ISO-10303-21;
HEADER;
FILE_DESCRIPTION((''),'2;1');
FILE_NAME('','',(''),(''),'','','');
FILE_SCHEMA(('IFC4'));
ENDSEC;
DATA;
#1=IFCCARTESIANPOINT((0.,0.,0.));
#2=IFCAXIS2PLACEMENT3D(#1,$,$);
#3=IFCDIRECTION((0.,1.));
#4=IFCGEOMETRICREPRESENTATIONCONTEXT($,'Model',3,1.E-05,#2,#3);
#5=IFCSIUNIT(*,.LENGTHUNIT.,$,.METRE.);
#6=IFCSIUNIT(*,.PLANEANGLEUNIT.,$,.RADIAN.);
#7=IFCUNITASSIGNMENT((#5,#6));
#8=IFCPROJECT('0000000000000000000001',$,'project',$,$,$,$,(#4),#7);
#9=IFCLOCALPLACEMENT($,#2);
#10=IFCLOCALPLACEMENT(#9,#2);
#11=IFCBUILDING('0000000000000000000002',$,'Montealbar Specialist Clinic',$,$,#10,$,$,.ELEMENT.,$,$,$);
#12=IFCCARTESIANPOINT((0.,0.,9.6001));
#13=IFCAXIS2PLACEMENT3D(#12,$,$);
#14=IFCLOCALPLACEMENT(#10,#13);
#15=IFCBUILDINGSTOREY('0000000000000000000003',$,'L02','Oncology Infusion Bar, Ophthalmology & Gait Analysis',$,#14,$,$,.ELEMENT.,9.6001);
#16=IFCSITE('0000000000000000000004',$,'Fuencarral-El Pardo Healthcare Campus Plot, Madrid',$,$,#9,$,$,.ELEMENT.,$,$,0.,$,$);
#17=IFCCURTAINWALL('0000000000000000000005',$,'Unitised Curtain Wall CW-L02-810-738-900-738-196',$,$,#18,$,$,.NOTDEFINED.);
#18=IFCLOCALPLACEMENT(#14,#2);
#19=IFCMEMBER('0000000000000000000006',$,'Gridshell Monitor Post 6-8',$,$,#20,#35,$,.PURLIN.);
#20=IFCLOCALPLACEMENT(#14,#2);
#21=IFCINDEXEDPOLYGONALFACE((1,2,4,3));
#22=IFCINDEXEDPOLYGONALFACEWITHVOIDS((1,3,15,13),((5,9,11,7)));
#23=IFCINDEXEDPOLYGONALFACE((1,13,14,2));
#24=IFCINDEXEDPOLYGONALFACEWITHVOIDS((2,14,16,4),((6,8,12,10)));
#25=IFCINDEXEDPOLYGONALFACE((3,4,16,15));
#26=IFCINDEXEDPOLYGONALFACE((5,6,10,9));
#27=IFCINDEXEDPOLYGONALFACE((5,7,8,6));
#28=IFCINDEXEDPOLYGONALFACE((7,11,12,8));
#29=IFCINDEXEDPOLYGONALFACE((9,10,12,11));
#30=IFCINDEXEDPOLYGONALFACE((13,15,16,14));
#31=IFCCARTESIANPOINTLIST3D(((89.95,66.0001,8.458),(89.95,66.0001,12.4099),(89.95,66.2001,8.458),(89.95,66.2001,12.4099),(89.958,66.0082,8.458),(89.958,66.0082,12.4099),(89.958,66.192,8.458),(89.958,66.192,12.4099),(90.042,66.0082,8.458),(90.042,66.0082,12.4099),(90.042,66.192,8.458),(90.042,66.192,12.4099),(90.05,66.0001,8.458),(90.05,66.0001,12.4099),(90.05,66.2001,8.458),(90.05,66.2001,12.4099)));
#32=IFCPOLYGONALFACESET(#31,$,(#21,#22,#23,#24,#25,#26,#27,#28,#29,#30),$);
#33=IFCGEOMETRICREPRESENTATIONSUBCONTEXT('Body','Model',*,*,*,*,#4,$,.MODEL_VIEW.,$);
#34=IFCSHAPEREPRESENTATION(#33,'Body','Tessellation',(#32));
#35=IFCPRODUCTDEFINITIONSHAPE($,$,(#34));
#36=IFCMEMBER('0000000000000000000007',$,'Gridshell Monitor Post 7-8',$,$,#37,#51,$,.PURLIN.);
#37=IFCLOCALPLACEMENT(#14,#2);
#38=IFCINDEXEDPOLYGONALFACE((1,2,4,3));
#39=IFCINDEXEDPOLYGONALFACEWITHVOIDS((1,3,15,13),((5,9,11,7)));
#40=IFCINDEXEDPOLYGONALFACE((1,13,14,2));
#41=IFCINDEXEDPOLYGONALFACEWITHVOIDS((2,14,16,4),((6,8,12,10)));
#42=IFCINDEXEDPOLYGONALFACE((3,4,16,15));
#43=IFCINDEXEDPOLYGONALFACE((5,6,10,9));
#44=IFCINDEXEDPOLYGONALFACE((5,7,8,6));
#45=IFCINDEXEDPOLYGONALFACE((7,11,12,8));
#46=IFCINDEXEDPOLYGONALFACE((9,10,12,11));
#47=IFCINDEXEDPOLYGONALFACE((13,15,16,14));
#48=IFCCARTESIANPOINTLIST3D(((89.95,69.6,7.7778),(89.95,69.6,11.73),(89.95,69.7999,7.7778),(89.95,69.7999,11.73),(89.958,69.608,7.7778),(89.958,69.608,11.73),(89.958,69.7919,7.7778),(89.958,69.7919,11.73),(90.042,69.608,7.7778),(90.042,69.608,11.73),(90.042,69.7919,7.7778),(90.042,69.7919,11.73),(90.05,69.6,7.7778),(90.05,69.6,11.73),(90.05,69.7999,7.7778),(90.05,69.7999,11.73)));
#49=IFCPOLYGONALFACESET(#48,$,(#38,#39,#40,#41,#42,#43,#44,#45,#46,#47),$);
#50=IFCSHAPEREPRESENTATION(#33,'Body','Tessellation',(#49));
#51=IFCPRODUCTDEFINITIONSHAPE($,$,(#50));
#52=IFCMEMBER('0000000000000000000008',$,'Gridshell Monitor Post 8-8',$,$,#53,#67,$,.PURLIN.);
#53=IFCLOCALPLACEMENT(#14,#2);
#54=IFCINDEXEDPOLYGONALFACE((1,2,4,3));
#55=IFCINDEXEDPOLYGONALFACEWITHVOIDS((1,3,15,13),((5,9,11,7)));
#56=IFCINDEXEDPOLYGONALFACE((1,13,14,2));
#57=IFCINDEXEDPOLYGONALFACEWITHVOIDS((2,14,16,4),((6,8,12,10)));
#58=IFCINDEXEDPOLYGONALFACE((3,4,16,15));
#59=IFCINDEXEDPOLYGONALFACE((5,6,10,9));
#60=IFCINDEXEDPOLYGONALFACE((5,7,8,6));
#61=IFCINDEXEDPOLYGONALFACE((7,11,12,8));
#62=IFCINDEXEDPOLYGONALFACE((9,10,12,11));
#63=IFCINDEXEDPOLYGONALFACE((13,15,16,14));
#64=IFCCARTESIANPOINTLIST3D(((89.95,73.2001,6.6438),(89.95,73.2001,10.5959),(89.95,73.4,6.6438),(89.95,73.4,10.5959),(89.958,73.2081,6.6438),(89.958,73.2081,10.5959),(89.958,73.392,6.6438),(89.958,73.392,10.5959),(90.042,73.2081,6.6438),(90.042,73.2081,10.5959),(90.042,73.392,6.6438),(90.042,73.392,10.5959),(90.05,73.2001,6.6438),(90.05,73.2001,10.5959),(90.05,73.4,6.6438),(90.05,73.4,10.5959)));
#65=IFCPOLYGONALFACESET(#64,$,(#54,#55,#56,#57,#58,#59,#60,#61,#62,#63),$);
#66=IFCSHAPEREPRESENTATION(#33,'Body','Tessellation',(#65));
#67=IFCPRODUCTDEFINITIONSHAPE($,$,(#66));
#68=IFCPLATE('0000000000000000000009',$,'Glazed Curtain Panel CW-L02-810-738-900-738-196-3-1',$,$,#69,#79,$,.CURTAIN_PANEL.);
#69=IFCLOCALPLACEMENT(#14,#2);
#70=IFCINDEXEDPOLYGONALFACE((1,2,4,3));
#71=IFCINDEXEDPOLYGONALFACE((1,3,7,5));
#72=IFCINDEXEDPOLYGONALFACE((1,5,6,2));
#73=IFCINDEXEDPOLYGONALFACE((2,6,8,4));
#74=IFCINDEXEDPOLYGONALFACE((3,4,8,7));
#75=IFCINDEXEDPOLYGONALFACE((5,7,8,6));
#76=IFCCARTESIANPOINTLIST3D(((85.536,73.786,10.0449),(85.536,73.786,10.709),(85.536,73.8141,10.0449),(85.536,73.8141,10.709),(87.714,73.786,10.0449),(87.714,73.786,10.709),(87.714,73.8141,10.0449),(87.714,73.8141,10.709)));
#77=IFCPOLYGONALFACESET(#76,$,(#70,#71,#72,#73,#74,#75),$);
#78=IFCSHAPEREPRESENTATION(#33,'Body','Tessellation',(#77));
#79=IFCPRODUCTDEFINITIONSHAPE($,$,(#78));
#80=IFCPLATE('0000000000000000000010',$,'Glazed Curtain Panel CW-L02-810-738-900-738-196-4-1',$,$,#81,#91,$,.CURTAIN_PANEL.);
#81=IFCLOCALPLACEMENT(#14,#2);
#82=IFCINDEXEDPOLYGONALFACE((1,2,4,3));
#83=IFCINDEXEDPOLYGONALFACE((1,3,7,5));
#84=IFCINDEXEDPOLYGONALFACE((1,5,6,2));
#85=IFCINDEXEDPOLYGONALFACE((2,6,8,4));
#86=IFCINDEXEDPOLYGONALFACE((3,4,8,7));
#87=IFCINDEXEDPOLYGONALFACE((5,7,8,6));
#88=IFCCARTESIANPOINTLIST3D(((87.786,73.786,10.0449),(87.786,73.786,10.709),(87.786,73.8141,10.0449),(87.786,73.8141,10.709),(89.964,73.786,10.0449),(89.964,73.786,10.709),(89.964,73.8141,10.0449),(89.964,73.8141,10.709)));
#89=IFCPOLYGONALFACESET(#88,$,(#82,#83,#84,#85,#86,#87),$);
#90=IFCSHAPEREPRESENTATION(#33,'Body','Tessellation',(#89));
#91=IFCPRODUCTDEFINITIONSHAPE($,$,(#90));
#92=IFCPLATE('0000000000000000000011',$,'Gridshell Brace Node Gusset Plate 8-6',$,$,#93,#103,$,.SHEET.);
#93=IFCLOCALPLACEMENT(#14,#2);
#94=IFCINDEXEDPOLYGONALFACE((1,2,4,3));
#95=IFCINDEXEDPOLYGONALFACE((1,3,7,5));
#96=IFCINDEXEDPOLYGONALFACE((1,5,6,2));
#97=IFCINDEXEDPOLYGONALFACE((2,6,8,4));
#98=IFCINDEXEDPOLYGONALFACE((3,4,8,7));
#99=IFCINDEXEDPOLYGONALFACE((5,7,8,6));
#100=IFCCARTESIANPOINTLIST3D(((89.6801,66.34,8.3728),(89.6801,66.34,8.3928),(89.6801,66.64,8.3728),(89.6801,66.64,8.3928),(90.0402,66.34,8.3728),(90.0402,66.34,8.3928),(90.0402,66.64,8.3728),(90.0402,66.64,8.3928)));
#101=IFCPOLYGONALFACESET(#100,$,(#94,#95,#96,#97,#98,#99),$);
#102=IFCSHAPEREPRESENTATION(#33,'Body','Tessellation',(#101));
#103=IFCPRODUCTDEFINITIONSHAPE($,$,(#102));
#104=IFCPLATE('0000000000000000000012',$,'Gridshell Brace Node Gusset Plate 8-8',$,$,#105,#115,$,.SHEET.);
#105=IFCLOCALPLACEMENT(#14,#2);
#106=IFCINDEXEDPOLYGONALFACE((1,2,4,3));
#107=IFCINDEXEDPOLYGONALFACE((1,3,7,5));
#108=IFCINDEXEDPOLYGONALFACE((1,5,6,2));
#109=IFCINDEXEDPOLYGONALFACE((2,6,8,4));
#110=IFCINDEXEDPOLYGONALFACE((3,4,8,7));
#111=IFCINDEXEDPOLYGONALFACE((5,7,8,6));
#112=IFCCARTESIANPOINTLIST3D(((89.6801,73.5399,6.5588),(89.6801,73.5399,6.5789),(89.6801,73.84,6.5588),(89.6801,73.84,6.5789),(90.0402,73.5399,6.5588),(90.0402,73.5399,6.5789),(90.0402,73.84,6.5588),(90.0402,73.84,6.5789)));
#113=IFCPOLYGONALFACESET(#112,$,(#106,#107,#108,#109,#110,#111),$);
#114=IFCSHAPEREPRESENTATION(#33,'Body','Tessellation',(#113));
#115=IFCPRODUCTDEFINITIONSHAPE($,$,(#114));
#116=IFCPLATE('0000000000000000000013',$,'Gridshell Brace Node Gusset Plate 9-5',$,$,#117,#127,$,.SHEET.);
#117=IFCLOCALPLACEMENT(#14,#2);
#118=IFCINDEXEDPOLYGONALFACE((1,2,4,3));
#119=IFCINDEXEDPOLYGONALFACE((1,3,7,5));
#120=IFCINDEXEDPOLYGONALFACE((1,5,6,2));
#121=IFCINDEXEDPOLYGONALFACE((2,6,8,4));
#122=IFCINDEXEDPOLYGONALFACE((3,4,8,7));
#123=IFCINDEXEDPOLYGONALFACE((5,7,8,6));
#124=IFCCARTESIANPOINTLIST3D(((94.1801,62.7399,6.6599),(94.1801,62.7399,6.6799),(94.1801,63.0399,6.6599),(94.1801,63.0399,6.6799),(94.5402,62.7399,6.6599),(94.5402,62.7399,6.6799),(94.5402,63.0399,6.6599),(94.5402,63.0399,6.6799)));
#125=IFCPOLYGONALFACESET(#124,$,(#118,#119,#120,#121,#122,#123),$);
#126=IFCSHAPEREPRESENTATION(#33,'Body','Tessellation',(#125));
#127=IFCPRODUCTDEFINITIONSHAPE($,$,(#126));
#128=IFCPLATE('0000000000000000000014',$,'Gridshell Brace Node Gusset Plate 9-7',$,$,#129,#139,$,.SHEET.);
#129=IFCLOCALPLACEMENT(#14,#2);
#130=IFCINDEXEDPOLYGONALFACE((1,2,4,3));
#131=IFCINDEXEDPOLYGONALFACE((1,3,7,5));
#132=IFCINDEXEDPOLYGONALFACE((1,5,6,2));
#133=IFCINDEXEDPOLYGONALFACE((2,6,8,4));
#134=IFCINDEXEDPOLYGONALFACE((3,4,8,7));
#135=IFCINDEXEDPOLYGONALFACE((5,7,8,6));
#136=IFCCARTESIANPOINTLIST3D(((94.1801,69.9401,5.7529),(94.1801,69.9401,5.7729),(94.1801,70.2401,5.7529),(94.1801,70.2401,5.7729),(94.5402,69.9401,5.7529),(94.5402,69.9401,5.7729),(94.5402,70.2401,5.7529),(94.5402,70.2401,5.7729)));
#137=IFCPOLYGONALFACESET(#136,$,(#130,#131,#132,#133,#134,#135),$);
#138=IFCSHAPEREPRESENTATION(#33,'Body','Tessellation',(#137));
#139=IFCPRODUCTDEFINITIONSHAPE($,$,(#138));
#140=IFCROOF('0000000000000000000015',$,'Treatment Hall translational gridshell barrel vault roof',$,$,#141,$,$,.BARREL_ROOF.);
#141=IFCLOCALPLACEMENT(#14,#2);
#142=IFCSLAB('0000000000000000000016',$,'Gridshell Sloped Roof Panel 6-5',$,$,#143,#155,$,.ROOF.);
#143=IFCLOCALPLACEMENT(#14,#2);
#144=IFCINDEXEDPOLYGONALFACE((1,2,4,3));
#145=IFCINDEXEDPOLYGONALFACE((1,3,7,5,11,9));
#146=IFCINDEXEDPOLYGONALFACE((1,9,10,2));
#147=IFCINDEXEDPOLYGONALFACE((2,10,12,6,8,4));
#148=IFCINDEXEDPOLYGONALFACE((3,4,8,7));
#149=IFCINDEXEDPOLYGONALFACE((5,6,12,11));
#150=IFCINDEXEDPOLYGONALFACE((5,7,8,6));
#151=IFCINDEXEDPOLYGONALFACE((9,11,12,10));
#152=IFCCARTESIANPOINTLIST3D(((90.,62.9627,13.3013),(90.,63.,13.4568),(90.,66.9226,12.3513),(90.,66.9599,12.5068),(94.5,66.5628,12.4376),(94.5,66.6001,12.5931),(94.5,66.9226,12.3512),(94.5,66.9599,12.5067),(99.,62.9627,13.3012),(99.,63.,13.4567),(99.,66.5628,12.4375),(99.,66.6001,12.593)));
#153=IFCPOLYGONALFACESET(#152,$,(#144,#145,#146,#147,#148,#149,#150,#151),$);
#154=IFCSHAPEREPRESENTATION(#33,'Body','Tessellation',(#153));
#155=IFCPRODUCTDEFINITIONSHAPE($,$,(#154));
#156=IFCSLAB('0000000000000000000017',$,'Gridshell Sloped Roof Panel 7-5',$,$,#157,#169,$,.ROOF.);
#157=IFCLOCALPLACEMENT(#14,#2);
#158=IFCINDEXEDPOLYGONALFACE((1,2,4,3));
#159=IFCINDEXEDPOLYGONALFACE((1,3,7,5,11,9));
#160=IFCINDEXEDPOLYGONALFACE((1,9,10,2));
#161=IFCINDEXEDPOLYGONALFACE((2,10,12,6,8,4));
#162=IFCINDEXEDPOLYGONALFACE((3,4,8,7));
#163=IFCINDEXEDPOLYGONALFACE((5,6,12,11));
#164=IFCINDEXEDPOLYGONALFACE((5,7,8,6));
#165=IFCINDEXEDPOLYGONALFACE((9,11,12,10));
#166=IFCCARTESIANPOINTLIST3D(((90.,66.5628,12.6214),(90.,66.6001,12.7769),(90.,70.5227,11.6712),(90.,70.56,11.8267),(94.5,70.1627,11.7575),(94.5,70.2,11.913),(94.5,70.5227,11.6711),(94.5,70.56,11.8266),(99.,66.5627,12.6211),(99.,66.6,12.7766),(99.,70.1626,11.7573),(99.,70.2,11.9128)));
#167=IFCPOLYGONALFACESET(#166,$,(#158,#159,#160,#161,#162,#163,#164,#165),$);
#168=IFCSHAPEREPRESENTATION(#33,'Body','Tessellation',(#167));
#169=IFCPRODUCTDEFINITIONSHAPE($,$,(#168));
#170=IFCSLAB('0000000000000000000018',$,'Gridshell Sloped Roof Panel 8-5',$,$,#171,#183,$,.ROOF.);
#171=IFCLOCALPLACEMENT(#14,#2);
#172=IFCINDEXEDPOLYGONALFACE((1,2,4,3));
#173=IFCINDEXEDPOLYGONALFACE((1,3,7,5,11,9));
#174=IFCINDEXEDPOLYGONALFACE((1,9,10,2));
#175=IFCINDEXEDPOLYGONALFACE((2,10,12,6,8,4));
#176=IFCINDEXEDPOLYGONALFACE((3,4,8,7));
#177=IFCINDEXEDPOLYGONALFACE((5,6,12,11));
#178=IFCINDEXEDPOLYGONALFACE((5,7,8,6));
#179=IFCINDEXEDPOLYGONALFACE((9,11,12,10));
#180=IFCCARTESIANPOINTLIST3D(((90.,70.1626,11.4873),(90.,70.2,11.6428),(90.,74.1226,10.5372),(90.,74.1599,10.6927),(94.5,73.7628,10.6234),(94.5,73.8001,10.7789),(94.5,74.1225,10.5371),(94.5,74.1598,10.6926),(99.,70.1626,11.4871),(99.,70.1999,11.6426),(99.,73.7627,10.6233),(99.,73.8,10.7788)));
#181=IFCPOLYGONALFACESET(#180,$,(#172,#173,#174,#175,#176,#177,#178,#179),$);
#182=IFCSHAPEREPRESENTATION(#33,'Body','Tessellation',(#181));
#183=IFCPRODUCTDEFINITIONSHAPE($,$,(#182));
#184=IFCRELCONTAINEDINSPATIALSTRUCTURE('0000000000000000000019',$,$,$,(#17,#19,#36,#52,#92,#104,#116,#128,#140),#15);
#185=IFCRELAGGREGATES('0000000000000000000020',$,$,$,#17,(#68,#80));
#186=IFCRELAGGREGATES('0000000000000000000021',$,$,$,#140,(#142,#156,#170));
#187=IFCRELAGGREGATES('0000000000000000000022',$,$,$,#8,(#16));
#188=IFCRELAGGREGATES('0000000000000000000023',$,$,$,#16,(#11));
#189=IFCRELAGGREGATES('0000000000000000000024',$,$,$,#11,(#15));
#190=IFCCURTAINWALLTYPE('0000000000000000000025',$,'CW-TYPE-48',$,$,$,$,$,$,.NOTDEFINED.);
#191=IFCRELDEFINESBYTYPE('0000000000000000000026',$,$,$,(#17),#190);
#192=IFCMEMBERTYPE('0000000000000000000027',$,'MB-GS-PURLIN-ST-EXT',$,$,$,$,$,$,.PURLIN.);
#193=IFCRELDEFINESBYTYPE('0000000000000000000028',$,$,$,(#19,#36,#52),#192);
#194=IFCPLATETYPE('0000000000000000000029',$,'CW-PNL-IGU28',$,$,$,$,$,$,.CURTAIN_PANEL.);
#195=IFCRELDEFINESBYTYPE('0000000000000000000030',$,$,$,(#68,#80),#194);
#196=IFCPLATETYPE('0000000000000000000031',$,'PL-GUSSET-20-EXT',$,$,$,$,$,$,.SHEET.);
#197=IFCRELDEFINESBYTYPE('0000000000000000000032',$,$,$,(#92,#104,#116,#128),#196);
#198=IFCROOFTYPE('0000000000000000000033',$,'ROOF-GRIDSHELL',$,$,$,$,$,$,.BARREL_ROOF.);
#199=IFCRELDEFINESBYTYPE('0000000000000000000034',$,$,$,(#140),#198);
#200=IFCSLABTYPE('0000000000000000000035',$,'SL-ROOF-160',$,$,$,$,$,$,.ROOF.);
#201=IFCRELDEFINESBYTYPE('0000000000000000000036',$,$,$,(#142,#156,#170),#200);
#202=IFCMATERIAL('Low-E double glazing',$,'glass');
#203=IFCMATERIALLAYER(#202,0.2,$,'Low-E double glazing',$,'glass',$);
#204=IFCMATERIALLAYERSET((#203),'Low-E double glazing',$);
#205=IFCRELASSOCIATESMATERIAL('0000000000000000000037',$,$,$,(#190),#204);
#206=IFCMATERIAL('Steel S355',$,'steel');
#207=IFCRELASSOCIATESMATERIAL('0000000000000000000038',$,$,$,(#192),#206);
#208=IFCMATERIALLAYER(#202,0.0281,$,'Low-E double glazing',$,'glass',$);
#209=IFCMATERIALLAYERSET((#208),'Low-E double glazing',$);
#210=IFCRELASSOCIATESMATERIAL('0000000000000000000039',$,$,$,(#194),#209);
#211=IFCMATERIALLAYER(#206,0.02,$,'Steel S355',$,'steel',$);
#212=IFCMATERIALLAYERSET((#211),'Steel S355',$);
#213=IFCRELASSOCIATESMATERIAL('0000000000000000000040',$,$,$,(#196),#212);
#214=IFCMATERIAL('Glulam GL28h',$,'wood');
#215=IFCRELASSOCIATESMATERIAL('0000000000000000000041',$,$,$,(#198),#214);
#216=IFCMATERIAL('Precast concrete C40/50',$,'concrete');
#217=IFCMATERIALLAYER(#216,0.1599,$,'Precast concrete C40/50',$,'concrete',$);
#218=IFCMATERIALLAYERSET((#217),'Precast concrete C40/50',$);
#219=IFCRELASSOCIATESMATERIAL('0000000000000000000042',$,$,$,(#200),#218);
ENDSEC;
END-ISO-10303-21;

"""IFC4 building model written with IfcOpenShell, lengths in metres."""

from ifc_helpers import new_model, si_unit, direction, frame, origin, origin_2d, place, context, subcontext, project, spatial, polyline, rectangle, hollow_rectangle, outline, extrude, material, layer, layer_set, material_profile, profile_set, type_object, element, aggregate, save


model = new_model("IFC4")

# Units and contexts
model_context = context("Model", 3, precision=1e-05, world=origin(), true_north=direction((0.0, 1.0)))
body_context = subcontext(model_context, "Body", "Model", "MODEL_VIEW")
ifc_project = project(units=[si_unit("LENGTHUNIT", "METRE"), si_unit("PLANEANGLEUNIT", "RADIAN")], contexts=[model_context])

# Site, building, storey
site_placement = place(None, origin())
site = spatial("IfcSite", under=ifc_project, at=site_placement, Name="Fuencarral-El Pardo Healthcare Campus Plot, Madrid", CompositionType="ELEMENT", RefElevation=0.0)
building_placement = place(site_placement, origin())
building = spatial("IfcBuilding", under=site, at=building_placement, Name="Montealbar Specialist Clinic", CompositionType="ELEMENT")
storey_placement = place(building_placement, frame((0.0, 0.0, 9.6001)))
storey = spatial("IfcBuildingStorey", under=building, at=storey_placement, Name="L02", Description="Oncology Infusion Bar, Ophthalmology & Gait Analysis", CompositionType="ELEMENT", Elevation=9.6001)

# Shared definitions
ifc_material_1 = material(Name="Steel S355", Category="steel")
ifc_material_2 = material(Name="Glulam GL28h", Category="wood")

# Curtain wall
ifc_material_3 = material(Name="Low-E double glazing", Category="glass")
ifc_layer_1 = layer(ifc_material_3, 0.2, Name="Low-E double glazing", Category="glass")
ifc_layer_set_1 = layer_set([ifc_layer_1], Name="Low-E double glazing")
curtain_wall_type = type_object("IfcCurtainWallType", Name="CW-TYPE-48", PredefinedType="NOTDEFINED", material=ifc_layer_set_1)
curtain_wall_placement = place(storey_placement, origin())
curtain_wall = element("IfcCurtainWall", 1, at=curtain_wall_placement, inside=storey, type_object=curtain_wall_type, Name="Unitised Curtain Wall CW-L02-810-738-900-738-196", PredefinedType="NOTDEFINED")

# Members
ifc_material_profile_1 = material_profile(ifc_material_1, hollow_rectangle(XDim=0.1001, YDim=0.2, WallThickness=0.0081, at=origin_2d()), Name="RHS 200x100x8", Category="steel")
ifc_profile_set_1 = profile_set([ifc_material_profile_1], Name="Steel S355")
member_type_1 = type_object("IfcMemberType", Name="MB-GS-PURLIN-ST-EXT", PredefinedType="PURLIN", material=ifc_profile_set_1)
member_1_placement = place(storey_placement, frame((90.0, 66.1001, 8.458), z_axis=(0.0, 0.0, 1.0), x_axis=(1.0, 0.0, 0.0)))
element("IfcMember", 2, at=member_1_placement, inside=storey, type_object=member_type_1, Name="Gridshell Monitor Post 6-8", PredefinedType="PURLIN", context=body_context, shape_type="SweptSolid", body=[
    extrude(hollow_rectangle(XDim=0.1001, YDim=0.2, WallThickness=0.0081, at=origin_2d()), origin(), (0.0, 0.0, 1.0), 3.9519),
])
for number, where, z_axis, x_axis, name in (
    (3, (90.0, 69.7, 7.7778), (0.0, 0.0, 1.0), (1.0, 0.0, 0.0), "Gridshell Monitor Post 7-8"),
    (4, (90.0, 73.3, 6.6438), (0.0, 0.0, 1.0), (1.0, 0.0, 0.0), "Gridshell Monitor Post 8-8"),
):
    element("IfcMember", number, at=place(storey_placement, frame(where, z_axis=z_axis, x_axis=x_axis)), inside=storey, type_object=member_type_1, Name=name, PredefinedType="PURLIN", context=body_context, shape_type="SweptSolid", body=[
        extrude(hollow_rectangle(XDim=0.1001, YDim=0.2, WallThickness=0.0081, at=origin_2d()), origin(), (0.0, 0.0, 1.0), 3.9521),
    ])

# Plates
ifc_layer_2 = layer(ifc_material_3, 0.0281, Name="Low-E double glazing", Category="glass")
ifc_layer_set_2 = layer_set([ifc_layer_2], Name="Low-E double glazing")
plate_type_1 = type_object("IfcPlateType", Name="CW-PNL-IGU28", PredefinedType="CURTAIN_PANEL", material=ifc_layer_set_2)
plate_1_placement = place(storey_placement, frame((86.625, 73.8, 10.0449), z_axis=(0.0, 0.0, 1.0), x_axis=(1.0, 0.0, 0.0)))
plate_1 = element("IfcPlate", 5, at=plate_1_placement, type_object=plate_type_1, Name="Glazed Curtain Panel CW-L02-810-738-900-738-196-3-1", PredefinedType="CURTAIN_PANEL", context=body_context, shape_type="SweptSolid", body=[
    extrude(rectangle(XDim=2.178, YDim=0.0281, at=origin_2d()), origin(), (0.0, 0.0, 1.0), 0.6641),
])
plate_2_placement = place(storey_placement, frame((88.875, 73.8, 10.0449), z_axis=(0.0, 0.0, 1.0), x_axis=(1.0, 0.0, 0.0)))
plate_2 = element("IfcPlate", 6, at=plate_2_placement, type_object=plate_type_1, Name="Glazed Curtain Panel CW-L02-810-738-900-738-196-4-1", PredefinedType="CURTAIN_PANEL", context=body_context, shape_type="SweptSolid", body=[
    extrude(rectangle(XDim=2.178, YDim=0.0281, at=origin_2d()), origin(), (0.0, 0.0, 1.0), 0.6641),
])
aggregate(curtain_wall, [plate_1, plate_2])

# Plates
ifc_layer_3 = layer(ifc_material_1, 0.02, Name="Steel S355", Category="steel")
ifc_layer_set_3 = layer_set([ifc_layer_3], Name="Steel S355")
plate_type_2 = type_object("IfcPlateType", Name="PL-GUSSET-20-EXT", PredefinedType="SHEET", material=ifc_layer_set_3)
for number, where, z_axis, x_axis, name in (
    (7, (89.8601, 66.49, 8.3728), (0.0, 0.0, 1.0), (1.0, 0.0, 0.0), "Gridshell Brace Node Gusset Plate 8-6"),
    (8, (89.8601, 73.6899, 6.5588), (0.0, 0.0, 1.0), (1.0, 0.0, 0.0), "Gridshell Brace Node Gusset Plate 8-8"),
    (9, (94.3601, 62.8899, 6.6599), (0.0, 0.0, 1.0), (1.0, 0.0, 0.0), "Gridshell Brace Node Gusset Plate 9-5"),
    (10, (94.3601, 70.0901, 5.7529), (0.0, 0.0, 1.0), (1.0, 0.0, 0.0), "Gridshell Brace Node Gusset Plate 9-7"),
):
    element("IfcPlate", number, at=place(storey_placement, frame(where, z_axis=z_axis, x_axis=x_axis)), inside=storey, type_object=plate_type_2, Name=name, PredefinedType="SHEET", context=body_context, shape_type="SweptSolid", body=[
        extrude(rectangle(XDim=0.3601, YDim=0.3, at=origin_2d()), origin(), (0.0, 0.0, 1.0), 0.02),
    ])

# Roof, slabs
roof_type = type_object("IfcRoofType", Name="ROOF-GRIDSHELL", PredefinedType="BARREL_ROOF", material=ifc_material_2)
roof_placement = place(storey_placement, origin())
roof = element("IfcRoof", 11, at=roof_placement, inside=storey, type_object=roof_type, Name="Treatment Hall translational gridshell barrel vault roof", PredefinedType="BARREL_ROOF")
ifc_material_4 = material(Name="Precast concrete C40/50", Category="concrete")
ifc_layer_4 = layer(ifc_material_4, 0.1599, Name="Precast concrete C40/50", Category="concrete")
ifc_layer_set_4 = layer_set([ifc_layer_4], Name="Precast concrete C40/50")
slab_type = type_object("IfcSlabType", Name="SL-ROOF-160", PredefinedType="ROOF", material=ifc_layer_set_4)
slab_1_placement = place(storey_placement, frame((90.0, 63.0, 13.4568), z_axis=(0.000008, 0.233289, 0.972408), x_axis=(1.0, -0.000002, -0.000008)))
slab_1 = element("IfcSlab", 12, at=slab_1_placement, type_object=slab_type, Name="Gridshell Sloped Roof Panel 6-5", PredefinedType="ROOF", context=body_context, shape_type="SweptSolid", body=[
    extrude(outline(polyline([(0.0, 0.0), (9.0, 0.0), (9.0, 3.7023), (4.5, 3.7023), (4.5, 4.0723), (0.0, 4.0723), (0.0, 0.0)])), origin(), (0.0, 0.0, -1.0), 0.1599),
])
slab_2_placement = place(storey_placement, frame((90.0, 66.6001, 12.7769), z_axis=(0.000025, 0.233325, 0.972399), x_axis=(1.0, -0.000006, -0.000025)))
slab_2 = element("IfcSlab", 13, at=slab_2_placement, type_object=slab_type, Name="Gridshell Sloped Roof Panel 7-5", PredefinedType="ROOF", context=body_context, shape_type="SweptSolid", body=[
    extrude(outline(polyline([(0.0, 0.0), (9.0, 0.0), (9.0, 3.7021), (4.5, 3.7021), (4.5, 4.0723), (0.0, 4.0723), (0.0, 0.0)])), origin(), (0.0, 0.0, -1.0), 0.1599),
])
slab_3_placement = place(storey_placement, frame((90.0, 70.2, 11.6428), z_axis=(0.000022, 0.233318, 0.9724), x_axis=(1.0, -0.000005, -0.000021)))
slab_3 = element("IfcSlab", 14, at=slab_3_placement, type_object=slab_type, Name="Gridshell Sloped Roof Panel 8-5", PredefinedType="ROOF", context=body_context, shape_type="SweptSolid", body=[
    extrude(outline(polyline([(0.0, 0.0), (9.0, 0.0), (9.0, 3.7023), (4.5, 3.7023), (4.5, 4.0723), (0.0, 4.0723), (0.0, 0.0)])), origin(), (0.0, 0.0, -1.0), 0.1599),
])
aggregate(roof, [slab_1, slab_2, slab_3])

save(model, "model.ifc")
